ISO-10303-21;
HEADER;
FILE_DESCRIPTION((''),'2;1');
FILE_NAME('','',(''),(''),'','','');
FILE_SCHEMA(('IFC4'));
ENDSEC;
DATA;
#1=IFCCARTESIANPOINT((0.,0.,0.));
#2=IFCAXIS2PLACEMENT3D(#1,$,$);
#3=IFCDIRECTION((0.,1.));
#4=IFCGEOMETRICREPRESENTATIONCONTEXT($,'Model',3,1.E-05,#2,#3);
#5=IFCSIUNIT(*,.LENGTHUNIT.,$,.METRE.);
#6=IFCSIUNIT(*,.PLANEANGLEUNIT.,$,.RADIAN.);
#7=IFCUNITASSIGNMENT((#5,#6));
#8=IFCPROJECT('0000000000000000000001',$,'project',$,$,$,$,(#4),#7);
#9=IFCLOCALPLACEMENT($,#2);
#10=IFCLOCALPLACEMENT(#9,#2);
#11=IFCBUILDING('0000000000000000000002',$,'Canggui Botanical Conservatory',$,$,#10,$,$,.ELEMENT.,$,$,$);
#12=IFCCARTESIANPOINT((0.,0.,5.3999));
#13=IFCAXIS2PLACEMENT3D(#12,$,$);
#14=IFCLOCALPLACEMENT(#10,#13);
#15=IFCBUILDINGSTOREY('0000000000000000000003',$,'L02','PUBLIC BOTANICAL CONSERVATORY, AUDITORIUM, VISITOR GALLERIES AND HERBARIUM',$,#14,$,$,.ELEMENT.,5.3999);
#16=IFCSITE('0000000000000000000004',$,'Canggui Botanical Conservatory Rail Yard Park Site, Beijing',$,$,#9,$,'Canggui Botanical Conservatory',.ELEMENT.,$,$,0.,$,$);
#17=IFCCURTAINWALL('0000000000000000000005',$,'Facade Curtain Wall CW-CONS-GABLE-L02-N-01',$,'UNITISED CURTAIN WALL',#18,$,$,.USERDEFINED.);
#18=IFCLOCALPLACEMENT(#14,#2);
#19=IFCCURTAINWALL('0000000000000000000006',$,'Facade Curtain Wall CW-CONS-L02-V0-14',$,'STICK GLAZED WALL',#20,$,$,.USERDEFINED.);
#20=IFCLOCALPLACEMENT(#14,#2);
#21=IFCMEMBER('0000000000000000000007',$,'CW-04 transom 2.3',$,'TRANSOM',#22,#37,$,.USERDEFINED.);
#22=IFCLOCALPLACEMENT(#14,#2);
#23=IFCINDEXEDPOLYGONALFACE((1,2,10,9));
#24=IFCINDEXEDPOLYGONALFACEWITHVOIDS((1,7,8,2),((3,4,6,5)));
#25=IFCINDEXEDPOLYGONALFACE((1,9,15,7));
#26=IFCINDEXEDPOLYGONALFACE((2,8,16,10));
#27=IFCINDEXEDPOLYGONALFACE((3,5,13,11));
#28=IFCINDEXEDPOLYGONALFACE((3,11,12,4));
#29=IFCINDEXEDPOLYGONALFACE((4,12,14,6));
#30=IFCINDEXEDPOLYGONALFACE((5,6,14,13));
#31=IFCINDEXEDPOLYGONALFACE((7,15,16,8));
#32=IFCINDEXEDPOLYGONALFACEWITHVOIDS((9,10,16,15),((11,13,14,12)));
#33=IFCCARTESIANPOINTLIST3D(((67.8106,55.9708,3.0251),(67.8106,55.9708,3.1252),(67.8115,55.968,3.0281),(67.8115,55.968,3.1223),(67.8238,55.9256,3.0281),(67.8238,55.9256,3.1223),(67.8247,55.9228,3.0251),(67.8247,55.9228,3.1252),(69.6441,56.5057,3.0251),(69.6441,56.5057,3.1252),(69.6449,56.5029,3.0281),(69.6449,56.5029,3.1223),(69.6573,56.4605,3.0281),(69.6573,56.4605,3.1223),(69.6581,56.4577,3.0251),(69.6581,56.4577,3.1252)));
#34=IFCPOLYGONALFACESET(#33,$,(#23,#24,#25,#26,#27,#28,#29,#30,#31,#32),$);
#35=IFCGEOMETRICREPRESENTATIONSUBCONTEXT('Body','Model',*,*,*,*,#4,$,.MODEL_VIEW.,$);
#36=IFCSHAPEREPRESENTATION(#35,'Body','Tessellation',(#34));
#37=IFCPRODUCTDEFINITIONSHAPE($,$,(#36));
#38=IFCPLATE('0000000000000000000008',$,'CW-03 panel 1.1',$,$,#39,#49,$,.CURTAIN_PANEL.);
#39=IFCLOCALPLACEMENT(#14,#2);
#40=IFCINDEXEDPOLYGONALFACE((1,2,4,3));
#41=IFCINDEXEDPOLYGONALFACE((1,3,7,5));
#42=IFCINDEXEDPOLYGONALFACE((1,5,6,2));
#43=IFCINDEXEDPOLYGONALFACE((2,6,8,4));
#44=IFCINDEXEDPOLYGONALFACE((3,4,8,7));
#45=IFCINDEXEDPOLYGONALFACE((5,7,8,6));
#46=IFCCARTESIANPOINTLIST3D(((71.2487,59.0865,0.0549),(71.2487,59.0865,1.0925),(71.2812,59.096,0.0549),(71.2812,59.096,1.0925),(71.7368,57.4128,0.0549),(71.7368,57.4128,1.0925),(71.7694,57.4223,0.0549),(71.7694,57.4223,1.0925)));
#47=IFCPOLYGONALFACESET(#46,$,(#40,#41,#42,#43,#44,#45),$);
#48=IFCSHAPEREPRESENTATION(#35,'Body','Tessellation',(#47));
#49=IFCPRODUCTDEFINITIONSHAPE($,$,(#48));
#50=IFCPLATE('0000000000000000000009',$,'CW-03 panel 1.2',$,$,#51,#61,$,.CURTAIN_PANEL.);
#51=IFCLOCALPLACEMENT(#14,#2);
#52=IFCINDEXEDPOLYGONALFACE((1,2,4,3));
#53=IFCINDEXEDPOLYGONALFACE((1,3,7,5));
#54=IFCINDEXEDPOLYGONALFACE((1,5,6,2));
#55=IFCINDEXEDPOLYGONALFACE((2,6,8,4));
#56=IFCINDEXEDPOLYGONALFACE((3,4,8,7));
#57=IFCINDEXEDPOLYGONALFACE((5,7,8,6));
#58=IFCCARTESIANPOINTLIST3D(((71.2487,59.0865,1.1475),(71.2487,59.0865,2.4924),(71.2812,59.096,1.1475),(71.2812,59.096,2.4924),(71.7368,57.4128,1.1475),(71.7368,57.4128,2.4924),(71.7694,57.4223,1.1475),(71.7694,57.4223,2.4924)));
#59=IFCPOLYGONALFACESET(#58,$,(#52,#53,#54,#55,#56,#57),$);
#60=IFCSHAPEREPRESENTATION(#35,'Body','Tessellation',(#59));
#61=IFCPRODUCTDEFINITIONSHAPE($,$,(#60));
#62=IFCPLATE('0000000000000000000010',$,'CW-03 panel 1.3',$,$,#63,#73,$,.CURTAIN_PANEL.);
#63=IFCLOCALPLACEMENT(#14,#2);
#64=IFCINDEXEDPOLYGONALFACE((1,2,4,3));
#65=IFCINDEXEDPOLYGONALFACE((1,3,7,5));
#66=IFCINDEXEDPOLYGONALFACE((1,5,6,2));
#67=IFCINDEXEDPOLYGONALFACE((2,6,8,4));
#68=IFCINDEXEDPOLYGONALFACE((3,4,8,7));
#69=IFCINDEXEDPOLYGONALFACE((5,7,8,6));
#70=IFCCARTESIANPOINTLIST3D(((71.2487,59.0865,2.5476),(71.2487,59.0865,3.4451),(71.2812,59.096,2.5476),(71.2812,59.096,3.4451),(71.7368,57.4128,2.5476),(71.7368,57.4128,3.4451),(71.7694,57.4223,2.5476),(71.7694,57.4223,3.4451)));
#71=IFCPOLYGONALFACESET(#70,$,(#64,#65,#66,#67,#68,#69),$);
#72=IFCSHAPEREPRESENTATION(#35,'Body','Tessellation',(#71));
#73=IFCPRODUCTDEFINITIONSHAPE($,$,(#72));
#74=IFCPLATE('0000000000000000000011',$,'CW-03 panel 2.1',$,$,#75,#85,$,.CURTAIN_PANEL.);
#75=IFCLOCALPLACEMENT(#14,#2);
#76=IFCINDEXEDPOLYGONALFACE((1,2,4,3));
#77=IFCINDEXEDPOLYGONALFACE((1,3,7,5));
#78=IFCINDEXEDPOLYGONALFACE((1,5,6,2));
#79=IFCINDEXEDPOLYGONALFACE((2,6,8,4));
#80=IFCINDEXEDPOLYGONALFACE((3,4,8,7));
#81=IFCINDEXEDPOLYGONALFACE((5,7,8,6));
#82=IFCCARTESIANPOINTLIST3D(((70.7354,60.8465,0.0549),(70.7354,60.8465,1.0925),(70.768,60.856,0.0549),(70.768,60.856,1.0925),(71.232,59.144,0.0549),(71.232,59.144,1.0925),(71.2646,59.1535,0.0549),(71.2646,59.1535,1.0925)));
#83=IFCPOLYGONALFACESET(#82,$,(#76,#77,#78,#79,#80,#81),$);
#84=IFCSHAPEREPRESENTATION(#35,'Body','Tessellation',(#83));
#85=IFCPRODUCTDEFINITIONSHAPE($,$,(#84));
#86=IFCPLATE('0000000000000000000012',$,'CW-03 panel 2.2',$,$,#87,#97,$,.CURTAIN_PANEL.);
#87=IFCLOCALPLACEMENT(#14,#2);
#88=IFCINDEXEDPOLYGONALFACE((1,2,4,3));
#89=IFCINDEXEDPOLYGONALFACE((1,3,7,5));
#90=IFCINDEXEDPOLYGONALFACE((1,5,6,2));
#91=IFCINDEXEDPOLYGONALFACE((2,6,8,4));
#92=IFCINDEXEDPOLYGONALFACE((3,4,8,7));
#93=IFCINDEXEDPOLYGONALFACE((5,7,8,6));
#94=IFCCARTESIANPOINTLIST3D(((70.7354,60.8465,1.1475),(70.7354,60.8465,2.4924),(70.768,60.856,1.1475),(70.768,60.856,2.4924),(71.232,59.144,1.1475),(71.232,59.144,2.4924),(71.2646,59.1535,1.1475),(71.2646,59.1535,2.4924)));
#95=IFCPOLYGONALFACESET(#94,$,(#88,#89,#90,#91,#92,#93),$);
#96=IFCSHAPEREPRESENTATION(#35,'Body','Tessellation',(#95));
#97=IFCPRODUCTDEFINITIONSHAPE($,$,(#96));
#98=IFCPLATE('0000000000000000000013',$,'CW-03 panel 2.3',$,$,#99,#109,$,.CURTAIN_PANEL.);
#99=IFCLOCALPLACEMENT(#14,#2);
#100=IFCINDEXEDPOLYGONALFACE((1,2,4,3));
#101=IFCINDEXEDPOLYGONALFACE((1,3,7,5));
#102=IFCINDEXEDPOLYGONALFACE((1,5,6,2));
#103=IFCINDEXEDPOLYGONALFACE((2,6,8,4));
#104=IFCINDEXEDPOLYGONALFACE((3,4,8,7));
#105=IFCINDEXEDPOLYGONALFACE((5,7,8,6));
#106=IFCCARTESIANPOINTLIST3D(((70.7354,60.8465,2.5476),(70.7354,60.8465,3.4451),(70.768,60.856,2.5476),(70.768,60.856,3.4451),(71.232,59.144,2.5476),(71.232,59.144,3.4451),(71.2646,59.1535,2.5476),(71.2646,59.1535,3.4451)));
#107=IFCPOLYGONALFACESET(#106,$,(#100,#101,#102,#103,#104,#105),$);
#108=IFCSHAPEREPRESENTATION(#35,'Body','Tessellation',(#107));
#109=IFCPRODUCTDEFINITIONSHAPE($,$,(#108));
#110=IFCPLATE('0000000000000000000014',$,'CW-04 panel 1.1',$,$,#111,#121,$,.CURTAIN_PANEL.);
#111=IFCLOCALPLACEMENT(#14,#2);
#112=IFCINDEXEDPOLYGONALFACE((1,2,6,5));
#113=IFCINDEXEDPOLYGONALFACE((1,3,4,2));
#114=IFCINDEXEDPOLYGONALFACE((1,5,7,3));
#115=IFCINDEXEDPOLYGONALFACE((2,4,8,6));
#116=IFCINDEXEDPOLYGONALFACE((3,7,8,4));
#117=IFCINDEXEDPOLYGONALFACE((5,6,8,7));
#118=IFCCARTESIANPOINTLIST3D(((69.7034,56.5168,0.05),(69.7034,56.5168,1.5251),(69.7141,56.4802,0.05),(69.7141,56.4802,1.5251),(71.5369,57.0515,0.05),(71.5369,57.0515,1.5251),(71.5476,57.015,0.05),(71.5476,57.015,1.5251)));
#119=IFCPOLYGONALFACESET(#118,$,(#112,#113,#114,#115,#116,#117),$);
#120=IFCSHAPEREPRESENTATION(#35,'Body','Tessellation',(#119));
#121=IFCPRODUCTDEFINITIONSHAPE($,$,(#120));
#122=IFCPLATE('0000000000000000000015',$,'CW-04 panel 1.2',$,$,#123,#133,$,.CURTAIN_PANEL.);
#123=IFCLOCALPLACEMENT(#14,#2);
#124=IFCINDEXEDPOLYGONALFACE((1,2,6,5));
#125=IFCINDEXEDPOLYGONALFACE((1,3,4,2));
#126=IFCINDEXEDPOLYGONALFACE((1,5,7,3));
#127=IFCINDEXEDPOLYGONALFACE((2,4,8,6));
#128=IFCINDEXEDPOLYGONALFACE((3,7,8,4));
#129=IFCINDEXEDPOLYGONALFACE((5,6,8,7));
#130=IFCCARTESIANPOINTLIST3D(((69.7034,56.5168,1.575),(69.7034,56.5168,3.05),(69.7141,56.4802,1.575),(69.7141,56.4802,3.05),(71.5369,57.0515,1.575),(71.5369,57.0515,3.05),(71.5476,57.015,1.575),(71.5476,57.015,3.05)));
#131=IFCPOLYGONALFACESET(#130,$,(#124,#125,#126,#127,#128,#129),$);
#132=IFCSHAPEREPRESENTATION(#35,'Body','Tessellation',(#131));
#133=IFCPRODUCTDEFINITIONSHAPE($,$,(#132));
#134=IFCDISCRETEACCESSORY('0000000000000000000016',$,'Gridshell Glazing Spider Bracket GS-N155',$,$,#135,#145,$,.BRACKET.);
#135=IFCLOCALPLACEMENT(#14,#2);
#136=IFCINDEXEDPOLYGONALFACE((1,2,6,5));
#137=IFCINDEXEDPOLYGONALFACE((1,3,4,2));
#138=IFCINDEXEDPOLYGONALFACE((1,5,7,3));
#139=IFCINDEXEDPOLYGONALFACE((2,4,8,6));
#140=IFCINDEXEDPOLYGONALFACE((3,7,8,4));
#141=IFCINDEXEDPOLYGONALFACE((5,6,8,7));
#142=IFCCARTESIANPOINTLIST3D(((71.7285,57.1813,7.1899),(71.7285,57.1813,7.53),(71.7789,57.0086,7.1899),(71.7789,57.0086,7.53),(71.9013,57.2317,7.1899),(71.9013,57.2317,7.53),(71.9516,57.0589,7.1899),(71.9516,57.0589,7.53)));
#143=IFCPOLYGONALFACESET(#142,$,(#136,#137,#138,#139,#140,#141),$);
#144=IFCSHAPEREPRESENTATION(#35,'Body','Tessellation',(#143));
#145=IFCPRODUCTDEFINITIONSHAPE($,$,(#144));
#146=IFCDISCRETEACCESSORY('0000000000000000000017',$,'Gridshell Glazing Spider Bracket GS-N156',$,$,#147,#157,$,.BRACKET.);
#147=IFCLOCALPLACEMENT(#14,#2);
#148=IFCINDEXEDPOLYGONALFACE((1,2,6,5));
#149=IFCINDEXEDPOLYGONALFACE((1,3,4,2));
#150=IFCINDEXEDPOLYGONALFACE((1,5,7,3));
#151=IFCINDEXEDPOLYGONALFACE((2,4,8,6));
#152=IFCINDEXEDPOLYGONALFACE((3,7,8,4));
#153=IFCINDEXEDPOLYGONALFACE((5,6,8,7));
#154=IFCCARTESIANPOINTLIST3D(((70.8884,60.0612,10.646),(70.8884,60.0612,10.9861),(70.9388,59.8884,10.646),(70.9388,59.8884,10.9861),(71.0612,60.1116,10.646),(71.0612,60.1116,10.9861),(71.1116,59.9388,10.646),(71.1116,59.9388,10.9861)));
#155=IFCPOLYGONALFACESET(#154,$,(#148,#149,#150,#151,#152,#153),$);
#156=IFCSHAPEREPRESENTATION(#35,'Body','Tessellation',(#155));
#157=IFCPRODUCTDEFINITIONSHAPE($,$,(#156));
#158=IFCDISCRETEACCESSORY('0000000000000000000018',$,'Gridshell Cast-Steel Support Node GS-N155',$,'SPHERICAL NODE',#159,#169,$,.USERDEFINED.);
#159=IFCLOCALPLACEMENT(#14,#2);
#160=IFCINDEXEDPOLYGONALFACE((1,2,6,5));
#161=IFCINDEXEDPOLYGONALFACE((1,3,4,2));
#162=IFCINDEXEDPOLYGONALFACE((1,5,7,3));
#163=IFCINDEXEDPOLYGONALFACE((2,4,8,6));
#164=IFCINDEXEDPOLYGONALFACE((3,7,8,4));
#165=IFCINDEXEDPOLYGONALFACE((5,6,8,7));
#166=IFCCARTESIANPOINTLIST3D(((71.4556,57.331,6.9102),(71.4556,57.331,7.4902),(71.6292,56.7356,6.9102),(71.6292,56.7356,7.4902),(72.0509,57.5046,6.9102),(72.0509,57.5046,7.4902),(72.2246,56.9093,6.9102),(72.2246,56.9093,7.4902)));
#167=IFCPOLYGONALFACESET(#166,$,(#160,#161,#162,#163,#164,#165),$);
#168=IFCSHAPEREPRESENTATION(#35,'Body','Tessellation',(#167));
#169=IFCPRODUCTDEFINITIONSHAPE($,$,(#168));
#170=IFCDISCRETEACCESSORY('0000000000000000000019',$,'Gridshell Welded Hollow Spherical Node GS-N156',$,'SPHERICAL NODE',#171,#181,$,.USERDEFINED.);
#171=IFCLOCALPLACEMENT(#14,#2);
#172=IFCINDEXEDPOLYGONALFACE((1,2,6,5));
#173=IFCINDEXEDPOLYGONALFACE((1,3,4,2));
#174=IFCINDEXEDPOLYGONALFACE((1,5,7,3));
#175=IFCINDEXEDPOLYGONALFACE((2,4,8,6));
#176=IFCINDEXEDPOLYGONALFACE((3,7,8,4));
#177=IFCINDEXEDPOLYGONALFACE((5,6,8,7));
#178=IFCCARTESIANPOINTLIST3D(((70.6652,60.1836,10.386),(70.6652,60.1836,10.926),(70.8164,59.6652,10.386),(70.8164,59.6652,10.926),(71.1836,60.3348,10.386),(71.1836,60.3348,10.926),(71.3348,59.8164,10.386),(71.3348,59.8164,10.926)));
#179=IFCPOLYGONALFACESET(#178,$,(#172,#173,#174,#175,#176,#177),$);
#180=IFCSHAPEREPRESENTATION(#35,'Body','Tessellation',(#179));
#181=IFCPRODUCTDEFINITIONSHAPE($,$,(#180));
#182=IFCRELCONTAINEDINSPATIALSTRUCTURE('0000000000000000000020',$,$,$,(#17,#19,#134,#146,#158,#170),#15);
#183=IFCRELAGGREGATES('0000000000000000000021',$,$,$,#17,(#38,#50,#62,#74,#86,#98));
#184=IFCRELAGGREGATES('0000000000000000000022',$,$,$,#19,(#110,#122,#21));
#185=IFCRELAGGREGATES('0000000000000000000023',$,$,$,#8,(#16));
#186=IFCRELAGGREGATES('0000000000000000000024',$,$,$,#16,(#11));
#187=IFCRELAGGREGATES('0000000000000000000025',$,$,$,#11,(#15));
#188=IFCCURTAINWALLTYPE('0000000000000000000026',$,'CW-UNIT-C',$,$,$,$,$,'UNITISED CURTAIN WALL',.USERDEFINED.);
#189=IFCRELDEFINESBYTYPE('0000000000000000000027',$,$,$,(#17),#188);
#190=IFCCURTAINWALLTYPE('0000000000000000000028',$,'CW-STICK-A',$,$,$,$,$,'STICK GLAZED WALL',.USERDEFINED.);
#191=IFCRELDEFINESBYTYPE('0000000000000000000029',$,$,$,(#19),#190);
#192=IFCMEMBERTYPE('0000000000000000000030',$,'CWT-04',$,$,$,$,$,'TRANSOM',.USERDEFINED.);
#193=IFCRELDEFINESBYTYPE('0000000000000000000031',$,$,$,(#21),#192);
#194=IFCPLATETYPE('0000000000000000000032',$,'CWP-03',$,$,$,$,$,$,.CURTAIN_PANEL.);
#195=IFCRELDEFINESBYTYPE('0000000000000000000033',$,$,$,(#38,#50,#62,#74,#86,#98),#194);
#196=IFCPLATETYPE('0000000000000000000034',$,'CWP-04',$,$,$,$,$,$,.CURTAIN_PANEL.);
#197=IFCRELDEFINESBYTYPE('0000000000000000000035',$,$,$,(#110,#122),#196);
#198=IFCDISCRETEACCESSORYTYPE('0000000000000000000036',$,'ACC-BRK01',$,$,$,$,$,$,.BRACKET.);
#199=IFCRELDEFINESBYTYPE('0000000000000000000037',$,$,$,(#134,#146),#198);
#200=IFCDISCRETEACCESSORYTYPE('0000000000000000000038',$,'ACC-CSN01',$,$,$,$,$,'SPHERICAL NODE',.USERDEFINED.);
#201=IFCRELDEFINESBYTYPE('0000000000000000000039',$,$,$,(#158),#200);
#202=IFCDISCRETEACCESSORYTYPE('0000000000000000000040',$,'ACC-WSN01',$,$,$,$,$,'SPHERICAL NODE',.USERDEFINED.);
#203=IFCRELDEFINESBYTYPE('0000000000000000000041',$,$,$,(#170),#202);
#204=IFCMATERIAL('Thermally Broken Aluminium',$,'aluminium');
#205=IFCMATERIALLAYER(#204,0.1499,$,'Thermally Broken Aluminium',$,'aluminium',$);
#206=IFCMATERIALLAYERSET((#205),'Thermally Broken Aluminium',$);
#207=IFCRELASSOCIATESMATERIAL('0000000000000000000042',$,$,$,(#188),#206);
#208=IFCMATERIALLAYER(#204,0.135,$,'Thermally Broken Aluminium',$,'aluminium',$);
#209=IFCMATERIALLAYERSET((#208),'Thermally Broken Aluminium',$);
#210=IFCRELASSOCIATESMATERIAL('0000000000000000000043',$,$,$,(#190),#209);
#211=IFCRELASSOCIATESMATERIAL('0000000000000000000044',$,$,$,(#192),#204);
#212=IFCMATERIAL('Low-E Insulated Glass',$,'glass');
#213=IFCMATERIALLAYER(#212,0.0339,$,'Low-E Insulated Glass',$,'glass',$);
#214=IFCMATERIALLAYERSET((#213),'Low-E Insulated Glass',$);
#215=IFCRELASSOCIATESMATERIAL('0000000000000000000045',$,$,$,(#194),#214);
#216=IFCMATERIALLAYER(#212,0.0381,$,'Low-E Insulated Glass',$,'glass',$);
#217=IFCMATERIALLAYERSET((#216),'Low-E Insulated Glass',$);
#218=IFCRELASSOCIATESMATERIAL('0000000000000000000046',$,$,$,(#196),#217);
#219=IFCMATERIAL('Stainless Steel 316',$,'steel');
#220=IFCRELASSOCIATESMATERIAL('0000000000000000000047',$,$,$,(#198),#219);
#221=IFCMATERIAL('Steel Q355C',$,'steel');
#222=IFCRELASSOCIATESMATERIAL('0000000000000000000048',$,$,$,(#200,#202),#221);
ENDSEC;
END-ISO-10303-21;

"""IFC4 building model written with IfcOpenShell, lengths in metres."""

from ifc_helpers import new_model, si_unit, direction, frame, origin, origin_2d, place, context, subcontext, project, spatial, rectangle, hollow_rectangle, extrude, material, layer, layer_set, material_profile, profile_set, type_object, element, aggregate, save


model = new_model("IFC4")

# Units and contexts
model_context = context("Model", 3, precision=1e-05, world=origin(), true_north=direction((0.0, 1.0)))
body_context = subcontext(model_context, "Body", "Model", "MODEL_VIEW")
ifc_project = project(units=[si_unit("LENGTHUNIT", "METRE"), si_unit("PLANEANGLEUNIT", "RADIAN")], contexts=[model_context])

# Site, building, storey
site_placement = place(None, origin())
site = spatial("IfcSite", under=ifc_project, at=site_placement, Name="Canggui Botanical Conservatory Rail Yard Park Site, Beijing", LongName="Canggui Botanical Conservatory", CompositionType="ELEMENT", RefElevation=0.0)
building_placement = place(site_placement, origin())
building = spatial("IfcBuilding", under=site, at=building_placement, Name="Canggui Botanical Conservatory", CompositionType="ELEMENT")
storey_placement = place(building_placement, frame((0.0, 0.0, 5.3999)))
storey = spatial("IfcBuildingStorey", under=building, at=storey_placement, Name="L02", Description="PUBLIC BOTANICAL CONSERVATORY, AUDITORIUM, VISITOR GALLERIES AND HERBARIUM", CompositionType="ELEMENT", Elevation=5.3999)

# Shared definitions
ifc_material_1 = material(Name="Steel Q355C", Category="steel")

# Curtain walls
ifc_material_2 = material(Name="Thermally Broken Aluminium", Category="aluminium")
ifc_layer_1 = layer(ifc_material_2, 0.1499, Name="Thermally Broken Aluminium", Category="aluminium")
ifc_layer_set_1 = layer_set([ifc_layer_1], Name="Thermally Broken Aluminium")
curtain_wall_type_1 = type_object("IfcCurtainWallType", Name="CW-UNIT-C", ElementType="UNITISED CURTAIN WALL", PredefinedType="USERDEFINED", material=ifc_layer_set_1)
curtain_wall_1_placement = place(storey_placement, origin())
curtain_wall_1 = element("IfcCurtainWall", 1, at=curtain_wall_1_placement, inside=storey, type_object=curtain_wall_type_1, Name="Facade Curtain Wall CW-CONS-GABLE-L02-N-01", ObjectType="UNITISED CURTAIN WALL", PredefinedType="USERDEFINED")
ifc_layer_2 = layer(ifc_material_2, 0.135, Name="Thermally Broken Aluminium", Category="aluminium")
ifc_layer_set_2 = layer_set([ifc_layer_2], Name="Thermally Broken Aluminium")
curtain_wall_type_2 = type_object("IfcCurtainWallType", Name="CW-STICK-A", ElementType="STICK GLAZED WALL", PredefinedType="USERDEFINED", material=ifc_layer_set_2)
curtain_wall_2_placement = place(storey_placement, origin())
curtain_wall_2 = element("IfcCurtainWall", 2, at=curtain_wall_2_placement, inside=storey, type_object=curtain_wall_type_2, Name="Facade Curtain Wall CW-CONS-L02-V0-14", ObjectType="STICK GLAZED WALL", PredefinedType="USERDEFINED")

# Member
ifc_material_profile_1 = material_profile(ifc_material_2, hollow_rectangle(XDim=0.05, YDim=0.1001, WallThickness=0.0029, at=origin_2d()), Name="CWT 50x100x3")
ifc_profile_set_1 = profile_set([ifc_material_profile_1], Name="Thermally Broken Aluminium")
member_type_1 = type_object("IfcMemberType", Name="CWT-04", ElementType="TRANSOM", PredefinedType="USERDEFINED", material=ifc_profile_set_1)
member_1_placement = place(storey_placement, frame((69.6511, 56.4817, 3.0752), z_axis=(-0.95998, -0.280069, 0.0), x_axis=(0.280069, -0.95998, 0.0)))
member_1 = element("IfcMember", 3, at=member_1_placement, type_object=member_type_1, Name="CW-04 transom 2.3", ObjectType="TRANSOM", PredefinedType="USERDEFINED", context=body_context, shape_type="SweptSolid", body=[
    extrude(hollow_rectangle(XDim=0.05, YDim=0.1001, WallThickness=0.0029, at=origin_2d()), origin(), (0.0, 0.0, 1.0), 1.9099),
])

# Plates
ifc_material_3 = material(Name="Low-E Insulated Glass", Category="glass")
ifc_layer_3 = layer(ifc_material_3, 0.0339, Name="Low-E Insulated Glass", Category="glass")
ifc_layer_set_3 = layer_set([ifc_layer_3], Name="Low-E Insulated Glass")
plate_type_1 = type_object("IfcPlateType", Name="CWP-03", PredefinedType="CURTAIN_PANEL", material=ifc_layer_set_3)
plate_1_placement = place(storey_placement, frame((71.509, 58.2544, 0.0549), z_axis=(0.0, 0.0, 1.0), x_axis=(-0.28, 0.96, 0.0)))
plate_1 = element("IfcPlate", 4, at=plate_1_placement, type_object=plate_type_1, Name="CW-03 panel 1.1", PredefinedType="CURTAIN_PANEL", context=body_context, shape_type="SweptSolid", body=[
    extrude(rectangle(XDim=1.7434, YDim=0.0339, at=origin_2d()), origin(), (0.0, 0.0, 1.0), 1.0376),
])
plate_2_placement = place(storey_placement, frame((71.509, 58.2544, 1.1475), z_axis=(0.0, 0.0, 1.0), x_axis=(-0.28, 0.96, 0.0)))
plate_2 = element("IfcPlate", 5, at=plate_2_placement, type_object=plate_type_1, Name="CW-03 panel 1.2", PredefinedType="CURTAIN_PANEL", context=body_context, shape_type="SweptSolid", body=[
    extrude(rectangle(XDim=1.7434, YDim=0.0339, at=origin_2d()), origin(), (0.0, 0.0, 1.0), 1.345),
])
plate_3_placement = place(storey_placement, frame((71.509, 58.2544, 2.5476), z_axis=(0.0, 0.0, 1.0), x_axis=(-0.28, 0.96, 0.0)))
plate_3 = element("IfcPlate", 6, at=plate_3_placement, type_object=plate_type_1, Name="CW-03 panel 1.3", PredefinedType="CURTAIN_PANEL", context=body_context, shape_type="SweptSolid", body=[
    extrude(rectangle(XDim=1.7434, YDim=0.0339, at=origin_2d()), origin(), (0.0, 0.0, 1.0), 0.8975),
])
plate_4_placement = place(storey_placement, frame((71.0, 60.0, 0.0549), z_axis=(0.0, 0.0, 1.0), x_axis=(-0.28, 0.96, 0.0)))
plate_4 = element("IfcPlate", 7, at=plate_4_placement, type_object=plate_type_1, Name="CW-03 panel 2.1", PredefinedType="CURTAIN_PANEL", context=body_context, shape_type="SweptSolid", body=[
    extrude(rectangle(XDim=1.7734, YDim=0.0339, at=origin_2d()), origin(), (0.0, 0.0, 1.0), 1.0376),
])
plate_5_placement = place(storey_placement, frame((71.0, 60.0, 1.1475), z_axis=(0.0, 0.0, 1.0), x_axis=(-0.28, 0.96, 0.0)))
plate_5 = element("IfcPlate", 8, at=plate_5_placement, type_object=plate_type_1, Name="CW-03 panel 2.2", PredefinedType="CURTAIN_PANEL", context=body_context, shape_type="SweptSolid", body=[
    extrude(rectangle(XDim=1.7734, YDim=0.0339, at=origin_2d()), origin(), (0.0, 0.0, 1.0), 1.345),
])
plate_6_placement = place(storey_placement, frame((71.0, 60.0, 2.5476), z_axis=(0.0, 0.0, 1.0), x_axis=(-0.28, 0.96, 0.0)))
plate_6 = element("IfcPlate", 9, at=plate_6_placement, type_object=plate_type_1, Name="CW-03 panel 2.3", PredefinedType="CURTAIN_PANEL", context=body_context, shape_type="SweptSolid", body=[
    extrude(rectangle(XDim=1.7734, YDim=0.0339, at=origin_2d()), origin(), (0.0, 0.0, 1.0), 0.8975),
])
aggregate(curtain_wall_1, [plate_1, plate_2, plate_3, plate_4, plate_5, plate_6])
ifc_layer_4 = layer(ifc_material_3, 0.0381, Name="Low-E Insulated Glass", Category="glass")
ifc_layer_set_4 = layer_set([ifc_layer_4], Name="Low-E Insulated Glass")
plate_type_2 = type_object("IfcPlateType", Name="CWP-04", PredefinedType="CURTAIN_PANEL", material=ifc_layer_set_4)
plate_7_placement = place(storey_placement, frame((70.6255, 56.7659, 0.05), z_axis=(0.0, 0.0, 1.0), x_axis=(-0.96, -0.28, 0.0)))
plate_7 = element("IfcPlate", 10, at=plate_7_placement, type_object=plate_type_2, Name="CW-04 panel 1.1", PredefinedType="CURTAIN_PANEL", context=body_context, shape_type="SweptSolid", body=[
    extrude(rectangle(XDim=1.9099, YDim=0.0381, at=origin_2d()), origin(), (0.0, 0.0, 1.0), 1.4751),
])
plate_8_placement = place(storey_placement, frame((70.6255, 56.7659, 1.575), z_axis=(0.0, 0.0, 1.0), x_axis=(-0.96, -0.28, 0.0)))
plate_8 = element("IfcPlate", 11, at=plate_8_placement, type_object=plate_type_2, Name="CW-04 panel 1.2", PredefinedType="CURTAIN_PANEL", context=body_context, shape_type="SweptSolid", body=[
    extrude(rectangle(XDim=1.9099, YDim=0.0381, at=origin_2d()), origin(), (0.0, 0.0, 1.0), 1.4751),
])
aggregate(curtain_wall_2, [plate_7, plate_8, member_1])

# Discrete accessories
ifc_material_4 = material(Name="Stainless Steel 316", Category="steel")
discrete_accessory_type_1 = type_object("IfcDiscreteAccessoryType", Name="ACC-BRK01", PredefinedType="BRACKET", material=ifc_material_4)
for number, where, z_axis, x_axis, name in (
    (12, (71.8401, 57.1201, 7.1899), (0.0, 0.0, 1.0), (0.96, 0.28, 0.0), "Gridshell Glazing Spider Bracket GS-N155"),
    (13, (71.0, 60.0, 10.646), (0.0, 0.0, 1.0), (0.96, 0.28, 0.0), "Gridshell Glazing Spider Bracket GS-N156"),
):
    element("IfcDiscreteAccessory", number, at=place(storey_placement, frame(where, z_axis=z_axis, x_axis=x_axis)), inside=storey, type_object=discrete_accessory_type_1, Name=name, PredefinedType="BRACKET", context=body_context, shape_type="SweptSolid", body=[
        extrude(rectangle(XDim=0.1799, YDim=0.1799, at=origin_2d()), origin(), (0.0, 0.0, 1.0), 0.3401),
    ])
discrete_accessory_type_2 = type_object("IfcDiscreteAccessoryType", Name="ACC-CSN01", ElementType="SPHERICAL NODE", PredefinedType="USERDEFINED", material=ifc_material_1)
discrete_accessory_1_placement = place(storey_placement, frame((71.8401, 57.1201, 6.9102), z_axis=(0.0, 0.0, 1.0), x_axis=(0.96, 0.28, 0.0)))
element("IfcDiscreteAccessory", 14, at=discrete_accessory_1_placement, inside=storey, type_object=discrete_accessory_type_2, Name="Gridshell Cast-Steel Support Node GS-N155", ObjectType="SPHERICAL NODE", PredefinedType="USERDEFINED", context=body_context, shape_type="SweptSolid", body=[
    extrude(rectangle(XDim=0.6201, YDim=0.6201, at=origin_2d()), origin(), (0.0, 0.0, 1.0), 0.5801),
])
discrete_accessory_type_3 = type_object("IfcDiscreteAccessoryType", Name="ACC-WSN01", ElementType="SPHERICAL NODE", PredefinedType="USERDEFINED", material=ifc_material_1)
discrete_accessory_2_placement = place(storey_placement, frame((71.0, 60.0, 10.386), z_axis=(0.0, 0.0, 1.0), x_axis=(0.96, 0.28, 0.0)))
element("IfcDiscreteAccessory", 15, at=discrete_accessory_2_placement, inside=storey, type_object=discrete_accessory_type_3, Name="Gridshell Welded Hollow Spherical Node GS-N156", ObjectType="SPHERICAL NODE", PredefinedType="USERDEFINED", context=body_context, shape_type="SweptSolid", body=[
    extrude(rectangle(XDim=0.54, YDim=0.54, at=origin_2d()), origin(), (0.0, 0.0, 1.0), 0.54),
])

save(model, "model.ifc")
